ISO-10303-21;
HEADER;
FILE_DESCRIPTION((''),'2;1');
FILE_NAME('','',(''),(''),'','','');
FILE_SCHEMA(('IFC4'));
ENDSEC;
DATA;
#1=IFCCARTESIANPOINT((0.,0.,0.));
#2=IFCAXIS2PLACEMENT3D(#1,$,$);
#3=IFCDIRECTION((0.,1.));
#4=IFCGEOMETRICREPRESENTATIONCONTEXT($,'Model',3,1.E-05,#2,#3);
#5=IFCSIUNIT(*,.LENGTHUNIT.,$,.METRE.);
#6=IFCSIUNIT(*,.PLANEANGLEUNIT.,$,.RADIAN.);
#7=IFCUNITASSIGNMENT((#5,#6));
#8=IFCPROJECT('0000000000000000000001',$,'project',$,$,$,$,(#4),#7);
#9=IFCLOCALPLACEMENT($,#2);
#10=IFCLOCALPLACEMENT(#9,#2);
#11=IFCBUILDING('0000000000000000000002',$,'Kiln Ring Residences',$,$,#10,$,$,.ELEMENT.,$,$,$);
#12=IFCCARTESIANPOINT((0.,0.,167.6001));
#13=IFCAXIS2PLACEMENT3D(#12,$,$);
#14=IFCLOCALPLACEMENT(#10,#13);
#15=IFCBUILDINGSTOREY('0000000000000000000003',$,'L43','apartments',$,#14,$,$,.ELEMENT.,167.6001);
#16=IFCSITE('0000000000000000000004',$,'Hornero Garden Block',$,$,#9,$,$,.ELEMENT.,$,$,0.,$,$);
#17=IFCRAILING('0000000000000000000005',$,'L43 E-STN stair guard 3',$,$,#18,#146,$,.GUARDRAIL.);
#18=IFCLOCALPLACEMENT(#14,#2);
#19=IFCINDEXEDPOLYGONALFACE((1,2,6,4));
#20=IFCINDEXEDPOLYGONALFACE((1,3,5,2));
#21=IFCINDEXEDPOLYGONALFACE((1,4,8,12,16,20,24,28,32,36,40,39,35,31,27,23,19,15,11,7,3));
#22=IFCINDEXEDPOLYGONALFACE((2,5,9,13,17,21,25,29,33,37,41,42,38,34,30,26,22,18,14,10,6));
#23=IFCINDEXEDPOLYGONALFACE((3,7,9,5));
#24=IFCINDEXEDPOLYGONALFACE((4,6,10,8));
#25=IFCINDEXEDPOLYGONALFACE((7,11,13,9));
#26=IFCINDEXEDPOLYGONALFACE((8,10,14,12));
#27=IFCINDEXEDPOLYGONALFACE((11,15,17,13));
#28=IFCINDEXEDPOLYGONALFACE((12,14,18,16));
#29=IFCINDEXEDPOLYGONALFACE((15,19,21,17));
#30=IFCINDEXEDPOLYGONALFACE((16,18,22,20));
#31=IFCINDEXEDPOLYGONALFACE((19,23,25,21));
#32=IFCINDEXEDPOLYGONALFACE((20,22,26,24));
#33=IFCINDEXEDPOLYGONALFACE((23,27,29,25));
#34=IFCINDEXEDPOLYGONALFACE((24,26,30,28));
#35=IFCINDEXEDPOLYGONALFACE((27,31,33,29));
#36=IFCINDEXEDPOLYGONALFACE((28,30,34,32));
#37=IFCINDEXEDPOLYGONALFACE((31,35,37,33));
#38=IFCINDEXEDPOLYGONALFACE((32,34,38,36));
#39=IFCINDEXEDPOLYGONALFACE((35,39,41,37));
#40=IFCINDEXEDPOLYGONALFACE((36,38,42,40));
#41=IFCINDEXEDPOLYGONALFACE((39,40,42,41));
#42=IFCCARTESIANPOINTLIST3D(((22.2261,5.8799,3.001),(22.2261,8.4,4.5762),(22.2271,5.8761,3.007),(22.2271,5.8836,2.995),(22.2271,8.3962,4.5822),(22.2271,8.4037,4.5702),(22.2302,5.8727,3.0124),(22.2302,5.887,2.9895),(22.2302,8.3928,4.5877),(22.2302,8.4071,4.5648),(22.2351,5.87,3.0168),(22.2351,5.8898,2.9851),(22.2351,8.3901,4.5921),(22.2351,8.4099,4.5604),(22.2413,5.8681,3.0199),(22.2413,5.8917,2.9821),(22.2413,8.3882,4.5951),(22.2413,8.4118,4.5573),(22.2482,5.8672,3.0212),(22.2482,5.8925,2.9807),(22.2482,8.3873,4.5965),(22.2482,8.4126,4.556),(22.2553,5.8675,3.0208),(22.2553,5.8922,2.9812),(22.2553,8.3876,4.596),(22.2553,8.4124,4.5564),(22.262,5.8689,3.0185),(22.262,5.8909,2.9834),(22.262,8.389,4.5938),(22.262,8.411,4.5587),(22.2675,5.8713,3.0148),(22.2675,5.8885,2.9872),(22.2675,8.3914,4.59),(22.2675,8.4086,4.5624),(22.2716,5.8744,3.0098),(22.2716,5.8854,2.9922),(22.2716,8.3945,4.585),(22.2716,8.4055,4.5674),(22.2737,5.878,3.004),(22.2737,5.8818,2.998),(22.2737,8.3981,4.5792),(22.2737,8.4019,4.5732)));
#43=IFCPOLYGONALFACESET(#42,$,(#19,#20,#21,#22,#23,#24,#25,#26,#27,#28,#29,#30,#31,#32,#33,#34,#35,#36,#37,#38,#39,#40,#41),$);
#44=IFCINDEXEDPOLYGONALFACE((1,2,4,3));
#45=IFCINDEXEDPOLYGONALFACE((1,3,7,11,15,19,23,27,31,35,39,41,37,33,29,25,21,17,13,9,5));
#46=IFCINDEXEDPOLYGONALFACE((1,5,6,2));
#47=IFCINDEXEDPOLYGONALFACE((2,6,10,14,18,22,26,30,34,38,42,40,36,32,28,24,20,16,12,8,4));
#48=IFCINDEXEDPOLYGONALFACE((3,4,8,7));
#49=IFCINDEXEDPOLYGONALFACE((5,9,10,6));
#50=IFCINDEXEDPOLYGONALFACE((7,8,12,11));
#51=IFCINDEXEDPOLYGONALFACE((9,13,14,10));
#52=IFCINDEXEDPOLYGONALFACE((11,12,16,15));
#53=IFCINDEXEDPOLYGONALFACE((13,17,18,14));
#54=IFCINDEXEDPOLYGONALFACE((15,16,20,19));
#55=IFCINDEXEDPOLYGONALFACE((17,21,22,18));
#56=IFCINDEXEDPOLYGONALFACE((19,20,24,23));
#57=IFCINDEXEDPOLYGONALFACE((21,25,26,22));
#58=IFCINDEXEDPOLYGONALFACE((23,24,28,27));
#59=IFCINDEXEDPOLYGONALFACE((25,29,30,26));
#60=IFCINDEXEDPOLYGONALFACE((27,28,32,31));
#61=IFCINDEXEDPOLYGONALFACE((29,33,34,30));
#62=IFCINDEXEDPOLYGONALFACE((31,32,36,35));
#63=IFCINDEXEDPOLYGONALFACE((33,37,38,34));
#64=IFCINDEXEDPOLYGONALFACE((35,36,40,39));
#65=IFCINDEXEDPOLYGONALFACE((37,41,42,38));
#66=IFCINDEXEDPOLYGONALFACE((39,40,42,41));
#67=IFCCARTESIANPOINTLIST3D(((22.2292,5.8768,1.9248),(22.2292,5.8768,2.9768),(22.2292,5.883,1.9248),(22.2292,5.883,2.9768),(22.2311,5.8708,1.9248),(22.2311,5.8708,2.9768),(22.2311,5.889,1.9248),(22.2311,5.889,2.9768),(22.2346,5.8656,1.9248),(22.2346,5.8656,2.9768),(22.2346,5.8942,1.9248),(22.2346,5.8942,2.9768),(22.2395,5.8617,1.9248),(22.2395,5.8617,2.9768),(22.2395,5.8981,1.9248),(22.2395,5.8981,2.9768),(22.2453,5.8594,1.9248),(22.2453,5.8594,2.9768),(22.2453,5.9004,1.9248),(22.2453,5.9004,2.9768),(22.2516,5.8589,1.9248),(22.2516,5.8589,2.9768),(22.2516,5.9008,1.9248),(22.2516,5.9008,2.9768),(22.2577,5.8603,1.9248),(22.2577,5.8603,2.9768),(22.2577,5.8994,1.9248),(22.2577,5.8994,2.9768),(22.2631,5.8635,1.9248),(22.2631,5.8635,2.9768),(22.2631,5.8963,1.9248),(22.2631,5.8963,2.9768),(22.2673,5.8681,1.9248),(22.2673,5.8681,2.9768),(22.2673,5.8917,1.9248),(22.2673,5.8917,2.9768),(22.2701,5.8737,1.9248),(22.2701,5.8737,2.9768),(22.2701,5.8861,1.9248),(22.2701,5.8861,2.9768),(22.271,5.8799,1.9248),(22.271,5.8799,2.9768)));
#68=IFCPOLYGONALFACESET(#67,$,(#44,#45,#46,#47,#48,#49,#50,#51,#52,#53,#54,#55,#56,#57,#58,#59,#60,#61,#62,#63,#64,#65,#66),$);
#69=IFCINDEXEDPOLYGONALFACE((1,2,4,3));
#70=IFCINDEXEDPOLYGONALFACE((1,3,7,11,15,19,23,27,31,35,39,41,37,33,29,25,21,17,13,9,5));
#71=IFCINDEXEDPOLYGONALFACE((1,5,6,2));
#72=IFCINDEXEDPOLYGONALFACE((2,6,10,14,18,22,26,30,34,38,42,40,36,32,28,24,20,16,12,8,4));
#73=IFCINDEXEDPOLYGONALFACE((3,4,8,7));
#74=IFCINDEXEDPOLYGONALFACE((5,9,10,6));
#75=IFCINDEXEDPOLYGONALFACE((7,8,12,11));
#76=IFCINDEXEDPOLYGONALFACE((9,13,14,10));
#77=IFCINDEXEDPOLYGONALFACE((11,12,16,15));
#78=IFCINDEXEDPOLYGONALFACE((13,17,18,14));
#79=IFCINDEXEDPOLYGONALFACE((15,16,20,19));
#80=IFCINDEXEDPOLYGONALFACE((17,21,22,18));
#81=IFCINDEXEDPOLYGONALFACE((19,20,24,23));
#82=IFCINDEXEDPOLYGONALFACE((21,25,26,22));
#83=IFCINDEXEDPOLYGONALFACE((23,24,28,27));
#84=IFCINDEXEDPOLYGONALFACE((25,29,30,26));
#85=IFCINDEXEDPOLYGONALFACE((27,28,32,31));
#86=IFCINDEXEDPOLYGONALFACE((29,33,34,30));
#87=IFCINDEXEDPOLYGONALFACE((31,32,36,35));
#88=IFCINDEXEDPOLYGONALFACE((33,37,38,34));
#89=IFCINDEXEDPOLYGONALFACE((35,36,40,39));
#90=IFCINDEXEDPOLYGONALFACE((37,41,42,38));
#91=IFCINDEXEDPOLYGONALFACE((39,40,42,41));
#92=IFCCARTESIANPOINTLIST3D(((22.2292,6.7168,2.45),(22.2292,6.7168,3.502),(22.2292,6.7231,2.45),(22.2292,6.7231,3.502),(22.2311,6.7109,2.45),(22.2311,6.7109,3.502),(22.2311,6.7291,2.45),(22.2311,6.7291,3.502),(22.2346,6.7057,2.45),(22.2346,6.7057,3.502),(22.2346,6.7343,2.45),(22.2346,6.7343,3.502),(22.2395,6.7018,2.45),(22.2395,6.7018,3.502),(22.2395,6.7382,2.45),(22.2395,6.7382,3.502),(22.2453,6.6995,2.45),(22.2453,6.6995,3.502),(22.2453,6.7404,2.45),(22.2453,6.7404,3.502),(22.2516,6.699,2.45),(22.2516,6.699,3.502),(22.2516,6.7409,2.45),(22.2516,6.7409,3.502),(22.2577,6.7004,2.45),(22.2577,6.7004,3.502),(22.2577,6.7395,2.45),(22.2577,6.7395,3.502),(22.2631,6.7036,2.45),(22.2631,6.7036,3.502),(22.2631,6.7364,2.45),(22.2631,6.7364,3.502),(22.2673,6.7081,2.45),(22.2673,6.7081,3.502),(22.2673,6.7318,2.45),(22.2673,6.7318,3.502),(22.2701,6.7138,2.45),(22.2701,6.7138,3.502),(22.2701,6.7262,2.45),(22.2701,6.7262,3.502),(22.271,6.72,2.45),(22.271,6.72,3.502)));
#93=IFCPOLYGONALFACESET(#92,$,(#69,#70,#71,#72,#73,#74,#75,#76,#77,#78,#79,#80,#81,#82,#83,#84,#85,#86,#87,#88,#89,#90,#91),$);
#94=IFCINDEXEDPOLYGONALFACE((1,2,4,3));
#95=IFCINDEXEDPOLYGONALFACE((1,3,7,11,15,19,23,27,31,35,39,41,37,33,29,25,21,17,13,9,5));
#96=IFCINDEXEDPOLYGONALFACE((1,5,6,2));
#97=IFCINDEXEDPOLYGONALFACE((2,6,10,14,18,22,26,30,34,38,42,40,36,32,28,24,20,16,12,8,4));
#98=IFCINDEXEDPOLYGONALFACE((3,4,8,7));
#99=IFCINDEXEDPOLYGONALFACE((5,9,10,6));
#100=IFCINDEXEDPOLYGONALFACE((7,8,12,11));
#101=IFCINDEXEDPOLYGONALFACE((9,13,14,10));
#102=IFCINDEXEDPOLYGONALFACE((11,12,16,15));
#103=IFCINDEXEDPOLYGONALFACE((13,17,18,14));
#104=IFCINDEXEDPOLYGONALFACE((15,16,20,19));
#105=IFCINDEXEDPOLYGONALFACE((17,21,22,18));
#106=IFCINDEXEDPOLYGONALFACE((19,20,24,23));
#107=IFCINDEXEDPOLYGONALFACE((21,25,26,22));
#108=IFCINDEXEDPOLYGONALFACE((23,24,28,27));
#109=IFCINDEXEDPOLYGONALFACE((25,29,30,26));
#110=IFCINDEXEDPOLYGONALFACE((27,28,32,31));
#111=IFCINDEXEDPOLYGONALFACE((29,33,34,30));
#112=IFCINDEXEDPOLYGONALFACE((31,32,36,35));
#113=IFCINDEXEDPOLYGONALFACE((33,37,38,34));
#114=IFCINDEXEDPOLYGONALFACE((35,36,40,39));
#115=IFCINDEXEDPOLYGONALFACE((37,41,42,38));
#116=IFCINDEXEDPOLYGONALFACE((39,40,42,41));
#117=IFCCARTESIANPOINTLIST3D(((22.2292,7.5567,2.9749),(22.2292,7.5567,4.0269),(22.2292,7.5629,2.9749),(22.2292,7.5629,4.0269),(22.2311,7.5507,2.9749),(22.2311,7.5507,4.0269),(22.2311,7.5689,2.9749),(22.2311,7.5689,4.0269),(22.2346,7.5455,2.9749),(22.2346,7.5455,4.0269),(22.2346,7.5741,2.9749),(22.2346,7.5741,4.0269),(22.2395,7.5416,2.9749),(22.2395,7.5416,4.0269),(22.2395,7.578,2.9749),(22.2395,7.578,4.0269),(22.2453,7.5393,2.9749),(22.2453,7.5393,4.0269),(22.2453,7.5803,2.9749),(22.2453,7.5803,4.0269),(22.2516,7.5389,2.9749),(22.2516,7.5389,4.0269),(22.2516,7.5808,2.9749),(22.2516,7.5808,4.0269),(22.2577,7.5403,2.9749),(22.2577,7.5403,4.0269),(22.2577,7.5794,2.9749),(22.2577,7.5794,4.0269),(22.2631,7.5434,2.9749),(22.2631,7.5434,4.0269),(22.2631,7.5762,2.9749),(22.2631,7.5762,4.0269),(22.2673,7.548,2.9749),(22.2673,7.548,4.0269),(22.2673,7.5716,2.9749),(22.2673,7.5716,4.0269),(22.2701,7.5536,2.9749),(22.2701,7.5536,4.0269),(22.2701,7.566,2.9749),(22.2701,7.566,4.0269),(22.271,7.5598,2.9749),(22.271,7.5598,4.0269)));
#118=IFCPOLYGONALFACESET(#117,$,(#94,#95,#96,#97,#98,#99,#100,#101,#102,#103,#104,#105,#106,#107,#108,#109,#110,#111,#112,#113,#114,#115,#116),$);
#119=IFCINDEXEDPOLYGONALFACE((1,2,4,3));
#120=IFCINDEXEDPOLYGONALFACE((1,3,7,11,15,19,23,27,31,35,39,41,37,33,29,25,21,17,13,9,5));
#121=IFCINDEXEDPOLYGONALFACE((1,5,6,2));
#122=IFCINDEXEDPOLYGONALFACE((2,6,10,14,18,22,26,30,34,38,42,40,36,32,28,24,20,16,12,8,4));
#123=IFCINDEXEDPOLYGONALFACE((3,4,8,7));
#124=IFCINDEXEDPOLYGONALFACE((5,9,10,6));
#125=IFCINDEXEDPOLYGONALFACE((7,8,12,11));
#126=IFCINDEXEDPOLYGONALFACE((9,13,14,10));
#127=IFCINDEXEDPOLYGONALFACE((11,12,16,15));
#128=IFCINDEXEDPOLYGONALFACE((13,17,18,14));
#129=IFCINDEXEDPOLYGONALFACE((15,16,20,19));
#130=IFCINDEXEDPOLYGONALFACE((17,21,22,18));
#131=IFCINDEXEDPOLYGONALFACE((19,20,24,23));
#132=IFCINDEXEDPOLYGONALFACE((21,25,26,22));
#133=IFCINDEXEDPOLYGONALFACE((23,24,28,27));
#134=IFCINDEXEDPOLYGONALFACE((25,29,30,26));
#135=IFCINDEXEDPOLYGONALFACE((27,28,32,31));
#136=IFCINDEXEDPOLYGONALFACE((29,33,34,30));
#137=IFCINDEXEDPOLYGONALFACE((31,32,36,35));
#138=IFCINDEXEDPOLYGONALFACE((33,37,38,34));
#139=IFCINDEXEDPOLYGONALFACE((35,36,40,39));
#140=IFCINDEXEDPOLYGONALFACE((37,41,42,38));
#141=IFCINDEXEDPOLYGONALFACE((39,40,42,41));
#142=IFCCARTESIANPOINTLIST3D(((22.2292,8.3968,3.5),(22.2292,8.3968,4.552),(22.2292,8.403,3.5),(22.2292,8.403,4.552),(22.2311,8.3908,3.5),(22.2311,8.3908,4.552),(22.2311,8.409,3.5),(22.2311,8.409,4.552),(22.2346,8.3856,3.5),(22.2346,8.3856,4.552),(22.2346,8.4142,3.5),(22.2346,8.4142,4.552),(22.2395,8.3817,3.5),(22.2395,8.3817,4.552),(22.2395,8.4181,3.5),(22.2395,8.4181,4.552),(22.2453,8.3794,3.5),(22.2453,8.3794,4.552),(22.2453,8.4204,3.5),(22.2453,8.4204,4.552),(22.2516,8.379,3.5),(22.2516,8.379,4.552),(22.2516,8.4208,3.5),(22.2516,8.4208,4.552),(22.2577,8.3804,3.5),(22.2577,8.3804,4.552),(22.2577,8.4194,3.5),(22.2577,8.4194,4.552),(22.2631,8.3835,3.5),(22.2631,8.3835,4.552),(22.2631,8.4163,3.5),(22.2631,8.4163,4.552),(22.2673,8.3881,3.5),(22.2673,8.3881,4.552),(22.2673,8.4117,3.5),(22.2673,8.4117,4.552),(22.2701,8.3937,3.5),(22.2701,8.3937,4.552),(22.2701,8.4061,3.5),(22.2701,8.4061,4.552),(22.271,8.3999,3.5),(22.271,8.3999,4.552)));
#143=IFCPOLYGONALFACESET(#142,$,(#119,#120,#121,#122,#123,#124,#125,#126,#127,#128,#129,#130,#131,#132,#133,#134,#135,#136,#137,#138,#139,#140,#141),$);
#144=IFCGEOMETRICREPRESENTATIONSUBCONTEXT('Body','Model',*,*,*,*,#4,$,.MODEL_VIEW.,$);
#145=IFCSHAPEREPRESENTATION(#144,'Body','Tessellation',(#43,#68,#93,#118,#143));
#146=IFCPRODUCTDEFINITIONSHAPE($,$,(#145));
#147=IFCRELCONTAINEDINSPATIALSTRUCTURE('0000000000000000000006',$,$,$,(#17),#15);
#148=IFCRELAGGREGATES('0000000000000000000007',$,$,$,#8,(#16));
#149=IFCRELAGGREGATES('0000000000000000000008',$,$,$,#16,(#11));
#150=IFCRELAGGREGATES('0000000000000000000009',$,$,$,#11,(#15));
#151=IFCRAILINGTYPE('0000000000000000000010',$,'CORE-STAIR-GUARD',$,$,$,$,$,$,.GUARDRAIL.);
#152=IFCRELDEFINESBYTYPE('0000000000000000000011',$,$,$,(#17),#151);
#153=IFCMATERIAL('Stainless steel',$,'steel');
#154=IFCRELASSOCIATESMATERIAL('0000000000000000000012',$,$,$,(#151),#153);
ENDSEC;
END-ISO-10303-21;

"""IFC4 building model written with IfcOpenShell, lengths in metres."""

from ifc_helpers import new_model, si_unit, direction, frame, origin, origin_2d, place, context, subcontext, project, spatial, circle, extrude, material, type_object, element, save


model = new_model("IFC4")

# Units and contexts
model_context = context("Model", 3, precision=1e-05, world=origin(), true_north=direction((0.0, 1.0)))
body_context = subcontext(model_context, "Body", "Model", "MODEL_VIEW")
ifc_project = project(units=[si_unit("LENGTHUNIT", "METRE"), si_unit("PLANEANGLEUNIT", "RADIAN")], contexts=[model_context])

# Site, building, storey
site_placement = place(None, origin())
site = spatial("IfcSite", under=ifc_project, at=site_placement, Name="Hornero Garden Block", CompositionType="ELEMENT", RefElevation=0.0)
building_placement = place(site_placement, origin())
building = spatial("IfcBuilding", under=site, at=building_placement, Name="Kiln Ring Residences", CompositionType="ELEMENT")
storey_placement = place(building_placement, frame((0.0, 0.0, 167.6001)))
storey = spatial("IfcBuildingStorey", under=building, at=storey_placement, Name="L43", Description="apartments", CompositionType="ELEMENT", Elevation=167.6001)

# Railing
ifc_material_1 = material(Name="Stainless steel", Category="steel")
railing_type_1 = type_object("IfcRailingType", Name="CORE-STAIR-GUARD", PredefinedType="GUARDRAIL", material=ifc_material_1)
railing_1_placement = place(storey_placement, frame((22.25, 5.8799, 1.9248)))
element("IfcRailing", 1, at=railing_1_placement, inside=storey, type_object=railing_type_1, Name="L43 E-STN stair guard 3", PredefinedType="GUARDRAIL", context=body_context, shape_type="SweptSolid", body=[
    extrude(circle(Radius=0.0239, at=origin_2d()), frame((0.0, 0.0, 1.0762), z_axis=(0.0, 0.847971, 0.530043), x_axis=(-1.0, 0.0, 0.0)), (0.0, 0.0, 1.0), 2.9719),
    extrude(circle(Radius=0.021, at=origin_2d()), origin(), (0.0, 0.0, 1.0), 1.052),
    extrude(circle(Radius=0.021, at=origin_2d()), frame((0.0, 0.8401, 0.5251)), (0.0, 0.0, 1.0), 1.052),
    extrude(circle(Radius=0.021, at=origin_2d()), frame((0.0, 1.6799, 1.05)), (0.0, 0.0, 1.0), 1.052),
    extrude(circle(Radius=0.021, at=origin_2d()), frame((0.0, 2.52, 1.5752)), (0.0, 0.0, 1.0), 1.052),
])

save(model, "model.ifc")
